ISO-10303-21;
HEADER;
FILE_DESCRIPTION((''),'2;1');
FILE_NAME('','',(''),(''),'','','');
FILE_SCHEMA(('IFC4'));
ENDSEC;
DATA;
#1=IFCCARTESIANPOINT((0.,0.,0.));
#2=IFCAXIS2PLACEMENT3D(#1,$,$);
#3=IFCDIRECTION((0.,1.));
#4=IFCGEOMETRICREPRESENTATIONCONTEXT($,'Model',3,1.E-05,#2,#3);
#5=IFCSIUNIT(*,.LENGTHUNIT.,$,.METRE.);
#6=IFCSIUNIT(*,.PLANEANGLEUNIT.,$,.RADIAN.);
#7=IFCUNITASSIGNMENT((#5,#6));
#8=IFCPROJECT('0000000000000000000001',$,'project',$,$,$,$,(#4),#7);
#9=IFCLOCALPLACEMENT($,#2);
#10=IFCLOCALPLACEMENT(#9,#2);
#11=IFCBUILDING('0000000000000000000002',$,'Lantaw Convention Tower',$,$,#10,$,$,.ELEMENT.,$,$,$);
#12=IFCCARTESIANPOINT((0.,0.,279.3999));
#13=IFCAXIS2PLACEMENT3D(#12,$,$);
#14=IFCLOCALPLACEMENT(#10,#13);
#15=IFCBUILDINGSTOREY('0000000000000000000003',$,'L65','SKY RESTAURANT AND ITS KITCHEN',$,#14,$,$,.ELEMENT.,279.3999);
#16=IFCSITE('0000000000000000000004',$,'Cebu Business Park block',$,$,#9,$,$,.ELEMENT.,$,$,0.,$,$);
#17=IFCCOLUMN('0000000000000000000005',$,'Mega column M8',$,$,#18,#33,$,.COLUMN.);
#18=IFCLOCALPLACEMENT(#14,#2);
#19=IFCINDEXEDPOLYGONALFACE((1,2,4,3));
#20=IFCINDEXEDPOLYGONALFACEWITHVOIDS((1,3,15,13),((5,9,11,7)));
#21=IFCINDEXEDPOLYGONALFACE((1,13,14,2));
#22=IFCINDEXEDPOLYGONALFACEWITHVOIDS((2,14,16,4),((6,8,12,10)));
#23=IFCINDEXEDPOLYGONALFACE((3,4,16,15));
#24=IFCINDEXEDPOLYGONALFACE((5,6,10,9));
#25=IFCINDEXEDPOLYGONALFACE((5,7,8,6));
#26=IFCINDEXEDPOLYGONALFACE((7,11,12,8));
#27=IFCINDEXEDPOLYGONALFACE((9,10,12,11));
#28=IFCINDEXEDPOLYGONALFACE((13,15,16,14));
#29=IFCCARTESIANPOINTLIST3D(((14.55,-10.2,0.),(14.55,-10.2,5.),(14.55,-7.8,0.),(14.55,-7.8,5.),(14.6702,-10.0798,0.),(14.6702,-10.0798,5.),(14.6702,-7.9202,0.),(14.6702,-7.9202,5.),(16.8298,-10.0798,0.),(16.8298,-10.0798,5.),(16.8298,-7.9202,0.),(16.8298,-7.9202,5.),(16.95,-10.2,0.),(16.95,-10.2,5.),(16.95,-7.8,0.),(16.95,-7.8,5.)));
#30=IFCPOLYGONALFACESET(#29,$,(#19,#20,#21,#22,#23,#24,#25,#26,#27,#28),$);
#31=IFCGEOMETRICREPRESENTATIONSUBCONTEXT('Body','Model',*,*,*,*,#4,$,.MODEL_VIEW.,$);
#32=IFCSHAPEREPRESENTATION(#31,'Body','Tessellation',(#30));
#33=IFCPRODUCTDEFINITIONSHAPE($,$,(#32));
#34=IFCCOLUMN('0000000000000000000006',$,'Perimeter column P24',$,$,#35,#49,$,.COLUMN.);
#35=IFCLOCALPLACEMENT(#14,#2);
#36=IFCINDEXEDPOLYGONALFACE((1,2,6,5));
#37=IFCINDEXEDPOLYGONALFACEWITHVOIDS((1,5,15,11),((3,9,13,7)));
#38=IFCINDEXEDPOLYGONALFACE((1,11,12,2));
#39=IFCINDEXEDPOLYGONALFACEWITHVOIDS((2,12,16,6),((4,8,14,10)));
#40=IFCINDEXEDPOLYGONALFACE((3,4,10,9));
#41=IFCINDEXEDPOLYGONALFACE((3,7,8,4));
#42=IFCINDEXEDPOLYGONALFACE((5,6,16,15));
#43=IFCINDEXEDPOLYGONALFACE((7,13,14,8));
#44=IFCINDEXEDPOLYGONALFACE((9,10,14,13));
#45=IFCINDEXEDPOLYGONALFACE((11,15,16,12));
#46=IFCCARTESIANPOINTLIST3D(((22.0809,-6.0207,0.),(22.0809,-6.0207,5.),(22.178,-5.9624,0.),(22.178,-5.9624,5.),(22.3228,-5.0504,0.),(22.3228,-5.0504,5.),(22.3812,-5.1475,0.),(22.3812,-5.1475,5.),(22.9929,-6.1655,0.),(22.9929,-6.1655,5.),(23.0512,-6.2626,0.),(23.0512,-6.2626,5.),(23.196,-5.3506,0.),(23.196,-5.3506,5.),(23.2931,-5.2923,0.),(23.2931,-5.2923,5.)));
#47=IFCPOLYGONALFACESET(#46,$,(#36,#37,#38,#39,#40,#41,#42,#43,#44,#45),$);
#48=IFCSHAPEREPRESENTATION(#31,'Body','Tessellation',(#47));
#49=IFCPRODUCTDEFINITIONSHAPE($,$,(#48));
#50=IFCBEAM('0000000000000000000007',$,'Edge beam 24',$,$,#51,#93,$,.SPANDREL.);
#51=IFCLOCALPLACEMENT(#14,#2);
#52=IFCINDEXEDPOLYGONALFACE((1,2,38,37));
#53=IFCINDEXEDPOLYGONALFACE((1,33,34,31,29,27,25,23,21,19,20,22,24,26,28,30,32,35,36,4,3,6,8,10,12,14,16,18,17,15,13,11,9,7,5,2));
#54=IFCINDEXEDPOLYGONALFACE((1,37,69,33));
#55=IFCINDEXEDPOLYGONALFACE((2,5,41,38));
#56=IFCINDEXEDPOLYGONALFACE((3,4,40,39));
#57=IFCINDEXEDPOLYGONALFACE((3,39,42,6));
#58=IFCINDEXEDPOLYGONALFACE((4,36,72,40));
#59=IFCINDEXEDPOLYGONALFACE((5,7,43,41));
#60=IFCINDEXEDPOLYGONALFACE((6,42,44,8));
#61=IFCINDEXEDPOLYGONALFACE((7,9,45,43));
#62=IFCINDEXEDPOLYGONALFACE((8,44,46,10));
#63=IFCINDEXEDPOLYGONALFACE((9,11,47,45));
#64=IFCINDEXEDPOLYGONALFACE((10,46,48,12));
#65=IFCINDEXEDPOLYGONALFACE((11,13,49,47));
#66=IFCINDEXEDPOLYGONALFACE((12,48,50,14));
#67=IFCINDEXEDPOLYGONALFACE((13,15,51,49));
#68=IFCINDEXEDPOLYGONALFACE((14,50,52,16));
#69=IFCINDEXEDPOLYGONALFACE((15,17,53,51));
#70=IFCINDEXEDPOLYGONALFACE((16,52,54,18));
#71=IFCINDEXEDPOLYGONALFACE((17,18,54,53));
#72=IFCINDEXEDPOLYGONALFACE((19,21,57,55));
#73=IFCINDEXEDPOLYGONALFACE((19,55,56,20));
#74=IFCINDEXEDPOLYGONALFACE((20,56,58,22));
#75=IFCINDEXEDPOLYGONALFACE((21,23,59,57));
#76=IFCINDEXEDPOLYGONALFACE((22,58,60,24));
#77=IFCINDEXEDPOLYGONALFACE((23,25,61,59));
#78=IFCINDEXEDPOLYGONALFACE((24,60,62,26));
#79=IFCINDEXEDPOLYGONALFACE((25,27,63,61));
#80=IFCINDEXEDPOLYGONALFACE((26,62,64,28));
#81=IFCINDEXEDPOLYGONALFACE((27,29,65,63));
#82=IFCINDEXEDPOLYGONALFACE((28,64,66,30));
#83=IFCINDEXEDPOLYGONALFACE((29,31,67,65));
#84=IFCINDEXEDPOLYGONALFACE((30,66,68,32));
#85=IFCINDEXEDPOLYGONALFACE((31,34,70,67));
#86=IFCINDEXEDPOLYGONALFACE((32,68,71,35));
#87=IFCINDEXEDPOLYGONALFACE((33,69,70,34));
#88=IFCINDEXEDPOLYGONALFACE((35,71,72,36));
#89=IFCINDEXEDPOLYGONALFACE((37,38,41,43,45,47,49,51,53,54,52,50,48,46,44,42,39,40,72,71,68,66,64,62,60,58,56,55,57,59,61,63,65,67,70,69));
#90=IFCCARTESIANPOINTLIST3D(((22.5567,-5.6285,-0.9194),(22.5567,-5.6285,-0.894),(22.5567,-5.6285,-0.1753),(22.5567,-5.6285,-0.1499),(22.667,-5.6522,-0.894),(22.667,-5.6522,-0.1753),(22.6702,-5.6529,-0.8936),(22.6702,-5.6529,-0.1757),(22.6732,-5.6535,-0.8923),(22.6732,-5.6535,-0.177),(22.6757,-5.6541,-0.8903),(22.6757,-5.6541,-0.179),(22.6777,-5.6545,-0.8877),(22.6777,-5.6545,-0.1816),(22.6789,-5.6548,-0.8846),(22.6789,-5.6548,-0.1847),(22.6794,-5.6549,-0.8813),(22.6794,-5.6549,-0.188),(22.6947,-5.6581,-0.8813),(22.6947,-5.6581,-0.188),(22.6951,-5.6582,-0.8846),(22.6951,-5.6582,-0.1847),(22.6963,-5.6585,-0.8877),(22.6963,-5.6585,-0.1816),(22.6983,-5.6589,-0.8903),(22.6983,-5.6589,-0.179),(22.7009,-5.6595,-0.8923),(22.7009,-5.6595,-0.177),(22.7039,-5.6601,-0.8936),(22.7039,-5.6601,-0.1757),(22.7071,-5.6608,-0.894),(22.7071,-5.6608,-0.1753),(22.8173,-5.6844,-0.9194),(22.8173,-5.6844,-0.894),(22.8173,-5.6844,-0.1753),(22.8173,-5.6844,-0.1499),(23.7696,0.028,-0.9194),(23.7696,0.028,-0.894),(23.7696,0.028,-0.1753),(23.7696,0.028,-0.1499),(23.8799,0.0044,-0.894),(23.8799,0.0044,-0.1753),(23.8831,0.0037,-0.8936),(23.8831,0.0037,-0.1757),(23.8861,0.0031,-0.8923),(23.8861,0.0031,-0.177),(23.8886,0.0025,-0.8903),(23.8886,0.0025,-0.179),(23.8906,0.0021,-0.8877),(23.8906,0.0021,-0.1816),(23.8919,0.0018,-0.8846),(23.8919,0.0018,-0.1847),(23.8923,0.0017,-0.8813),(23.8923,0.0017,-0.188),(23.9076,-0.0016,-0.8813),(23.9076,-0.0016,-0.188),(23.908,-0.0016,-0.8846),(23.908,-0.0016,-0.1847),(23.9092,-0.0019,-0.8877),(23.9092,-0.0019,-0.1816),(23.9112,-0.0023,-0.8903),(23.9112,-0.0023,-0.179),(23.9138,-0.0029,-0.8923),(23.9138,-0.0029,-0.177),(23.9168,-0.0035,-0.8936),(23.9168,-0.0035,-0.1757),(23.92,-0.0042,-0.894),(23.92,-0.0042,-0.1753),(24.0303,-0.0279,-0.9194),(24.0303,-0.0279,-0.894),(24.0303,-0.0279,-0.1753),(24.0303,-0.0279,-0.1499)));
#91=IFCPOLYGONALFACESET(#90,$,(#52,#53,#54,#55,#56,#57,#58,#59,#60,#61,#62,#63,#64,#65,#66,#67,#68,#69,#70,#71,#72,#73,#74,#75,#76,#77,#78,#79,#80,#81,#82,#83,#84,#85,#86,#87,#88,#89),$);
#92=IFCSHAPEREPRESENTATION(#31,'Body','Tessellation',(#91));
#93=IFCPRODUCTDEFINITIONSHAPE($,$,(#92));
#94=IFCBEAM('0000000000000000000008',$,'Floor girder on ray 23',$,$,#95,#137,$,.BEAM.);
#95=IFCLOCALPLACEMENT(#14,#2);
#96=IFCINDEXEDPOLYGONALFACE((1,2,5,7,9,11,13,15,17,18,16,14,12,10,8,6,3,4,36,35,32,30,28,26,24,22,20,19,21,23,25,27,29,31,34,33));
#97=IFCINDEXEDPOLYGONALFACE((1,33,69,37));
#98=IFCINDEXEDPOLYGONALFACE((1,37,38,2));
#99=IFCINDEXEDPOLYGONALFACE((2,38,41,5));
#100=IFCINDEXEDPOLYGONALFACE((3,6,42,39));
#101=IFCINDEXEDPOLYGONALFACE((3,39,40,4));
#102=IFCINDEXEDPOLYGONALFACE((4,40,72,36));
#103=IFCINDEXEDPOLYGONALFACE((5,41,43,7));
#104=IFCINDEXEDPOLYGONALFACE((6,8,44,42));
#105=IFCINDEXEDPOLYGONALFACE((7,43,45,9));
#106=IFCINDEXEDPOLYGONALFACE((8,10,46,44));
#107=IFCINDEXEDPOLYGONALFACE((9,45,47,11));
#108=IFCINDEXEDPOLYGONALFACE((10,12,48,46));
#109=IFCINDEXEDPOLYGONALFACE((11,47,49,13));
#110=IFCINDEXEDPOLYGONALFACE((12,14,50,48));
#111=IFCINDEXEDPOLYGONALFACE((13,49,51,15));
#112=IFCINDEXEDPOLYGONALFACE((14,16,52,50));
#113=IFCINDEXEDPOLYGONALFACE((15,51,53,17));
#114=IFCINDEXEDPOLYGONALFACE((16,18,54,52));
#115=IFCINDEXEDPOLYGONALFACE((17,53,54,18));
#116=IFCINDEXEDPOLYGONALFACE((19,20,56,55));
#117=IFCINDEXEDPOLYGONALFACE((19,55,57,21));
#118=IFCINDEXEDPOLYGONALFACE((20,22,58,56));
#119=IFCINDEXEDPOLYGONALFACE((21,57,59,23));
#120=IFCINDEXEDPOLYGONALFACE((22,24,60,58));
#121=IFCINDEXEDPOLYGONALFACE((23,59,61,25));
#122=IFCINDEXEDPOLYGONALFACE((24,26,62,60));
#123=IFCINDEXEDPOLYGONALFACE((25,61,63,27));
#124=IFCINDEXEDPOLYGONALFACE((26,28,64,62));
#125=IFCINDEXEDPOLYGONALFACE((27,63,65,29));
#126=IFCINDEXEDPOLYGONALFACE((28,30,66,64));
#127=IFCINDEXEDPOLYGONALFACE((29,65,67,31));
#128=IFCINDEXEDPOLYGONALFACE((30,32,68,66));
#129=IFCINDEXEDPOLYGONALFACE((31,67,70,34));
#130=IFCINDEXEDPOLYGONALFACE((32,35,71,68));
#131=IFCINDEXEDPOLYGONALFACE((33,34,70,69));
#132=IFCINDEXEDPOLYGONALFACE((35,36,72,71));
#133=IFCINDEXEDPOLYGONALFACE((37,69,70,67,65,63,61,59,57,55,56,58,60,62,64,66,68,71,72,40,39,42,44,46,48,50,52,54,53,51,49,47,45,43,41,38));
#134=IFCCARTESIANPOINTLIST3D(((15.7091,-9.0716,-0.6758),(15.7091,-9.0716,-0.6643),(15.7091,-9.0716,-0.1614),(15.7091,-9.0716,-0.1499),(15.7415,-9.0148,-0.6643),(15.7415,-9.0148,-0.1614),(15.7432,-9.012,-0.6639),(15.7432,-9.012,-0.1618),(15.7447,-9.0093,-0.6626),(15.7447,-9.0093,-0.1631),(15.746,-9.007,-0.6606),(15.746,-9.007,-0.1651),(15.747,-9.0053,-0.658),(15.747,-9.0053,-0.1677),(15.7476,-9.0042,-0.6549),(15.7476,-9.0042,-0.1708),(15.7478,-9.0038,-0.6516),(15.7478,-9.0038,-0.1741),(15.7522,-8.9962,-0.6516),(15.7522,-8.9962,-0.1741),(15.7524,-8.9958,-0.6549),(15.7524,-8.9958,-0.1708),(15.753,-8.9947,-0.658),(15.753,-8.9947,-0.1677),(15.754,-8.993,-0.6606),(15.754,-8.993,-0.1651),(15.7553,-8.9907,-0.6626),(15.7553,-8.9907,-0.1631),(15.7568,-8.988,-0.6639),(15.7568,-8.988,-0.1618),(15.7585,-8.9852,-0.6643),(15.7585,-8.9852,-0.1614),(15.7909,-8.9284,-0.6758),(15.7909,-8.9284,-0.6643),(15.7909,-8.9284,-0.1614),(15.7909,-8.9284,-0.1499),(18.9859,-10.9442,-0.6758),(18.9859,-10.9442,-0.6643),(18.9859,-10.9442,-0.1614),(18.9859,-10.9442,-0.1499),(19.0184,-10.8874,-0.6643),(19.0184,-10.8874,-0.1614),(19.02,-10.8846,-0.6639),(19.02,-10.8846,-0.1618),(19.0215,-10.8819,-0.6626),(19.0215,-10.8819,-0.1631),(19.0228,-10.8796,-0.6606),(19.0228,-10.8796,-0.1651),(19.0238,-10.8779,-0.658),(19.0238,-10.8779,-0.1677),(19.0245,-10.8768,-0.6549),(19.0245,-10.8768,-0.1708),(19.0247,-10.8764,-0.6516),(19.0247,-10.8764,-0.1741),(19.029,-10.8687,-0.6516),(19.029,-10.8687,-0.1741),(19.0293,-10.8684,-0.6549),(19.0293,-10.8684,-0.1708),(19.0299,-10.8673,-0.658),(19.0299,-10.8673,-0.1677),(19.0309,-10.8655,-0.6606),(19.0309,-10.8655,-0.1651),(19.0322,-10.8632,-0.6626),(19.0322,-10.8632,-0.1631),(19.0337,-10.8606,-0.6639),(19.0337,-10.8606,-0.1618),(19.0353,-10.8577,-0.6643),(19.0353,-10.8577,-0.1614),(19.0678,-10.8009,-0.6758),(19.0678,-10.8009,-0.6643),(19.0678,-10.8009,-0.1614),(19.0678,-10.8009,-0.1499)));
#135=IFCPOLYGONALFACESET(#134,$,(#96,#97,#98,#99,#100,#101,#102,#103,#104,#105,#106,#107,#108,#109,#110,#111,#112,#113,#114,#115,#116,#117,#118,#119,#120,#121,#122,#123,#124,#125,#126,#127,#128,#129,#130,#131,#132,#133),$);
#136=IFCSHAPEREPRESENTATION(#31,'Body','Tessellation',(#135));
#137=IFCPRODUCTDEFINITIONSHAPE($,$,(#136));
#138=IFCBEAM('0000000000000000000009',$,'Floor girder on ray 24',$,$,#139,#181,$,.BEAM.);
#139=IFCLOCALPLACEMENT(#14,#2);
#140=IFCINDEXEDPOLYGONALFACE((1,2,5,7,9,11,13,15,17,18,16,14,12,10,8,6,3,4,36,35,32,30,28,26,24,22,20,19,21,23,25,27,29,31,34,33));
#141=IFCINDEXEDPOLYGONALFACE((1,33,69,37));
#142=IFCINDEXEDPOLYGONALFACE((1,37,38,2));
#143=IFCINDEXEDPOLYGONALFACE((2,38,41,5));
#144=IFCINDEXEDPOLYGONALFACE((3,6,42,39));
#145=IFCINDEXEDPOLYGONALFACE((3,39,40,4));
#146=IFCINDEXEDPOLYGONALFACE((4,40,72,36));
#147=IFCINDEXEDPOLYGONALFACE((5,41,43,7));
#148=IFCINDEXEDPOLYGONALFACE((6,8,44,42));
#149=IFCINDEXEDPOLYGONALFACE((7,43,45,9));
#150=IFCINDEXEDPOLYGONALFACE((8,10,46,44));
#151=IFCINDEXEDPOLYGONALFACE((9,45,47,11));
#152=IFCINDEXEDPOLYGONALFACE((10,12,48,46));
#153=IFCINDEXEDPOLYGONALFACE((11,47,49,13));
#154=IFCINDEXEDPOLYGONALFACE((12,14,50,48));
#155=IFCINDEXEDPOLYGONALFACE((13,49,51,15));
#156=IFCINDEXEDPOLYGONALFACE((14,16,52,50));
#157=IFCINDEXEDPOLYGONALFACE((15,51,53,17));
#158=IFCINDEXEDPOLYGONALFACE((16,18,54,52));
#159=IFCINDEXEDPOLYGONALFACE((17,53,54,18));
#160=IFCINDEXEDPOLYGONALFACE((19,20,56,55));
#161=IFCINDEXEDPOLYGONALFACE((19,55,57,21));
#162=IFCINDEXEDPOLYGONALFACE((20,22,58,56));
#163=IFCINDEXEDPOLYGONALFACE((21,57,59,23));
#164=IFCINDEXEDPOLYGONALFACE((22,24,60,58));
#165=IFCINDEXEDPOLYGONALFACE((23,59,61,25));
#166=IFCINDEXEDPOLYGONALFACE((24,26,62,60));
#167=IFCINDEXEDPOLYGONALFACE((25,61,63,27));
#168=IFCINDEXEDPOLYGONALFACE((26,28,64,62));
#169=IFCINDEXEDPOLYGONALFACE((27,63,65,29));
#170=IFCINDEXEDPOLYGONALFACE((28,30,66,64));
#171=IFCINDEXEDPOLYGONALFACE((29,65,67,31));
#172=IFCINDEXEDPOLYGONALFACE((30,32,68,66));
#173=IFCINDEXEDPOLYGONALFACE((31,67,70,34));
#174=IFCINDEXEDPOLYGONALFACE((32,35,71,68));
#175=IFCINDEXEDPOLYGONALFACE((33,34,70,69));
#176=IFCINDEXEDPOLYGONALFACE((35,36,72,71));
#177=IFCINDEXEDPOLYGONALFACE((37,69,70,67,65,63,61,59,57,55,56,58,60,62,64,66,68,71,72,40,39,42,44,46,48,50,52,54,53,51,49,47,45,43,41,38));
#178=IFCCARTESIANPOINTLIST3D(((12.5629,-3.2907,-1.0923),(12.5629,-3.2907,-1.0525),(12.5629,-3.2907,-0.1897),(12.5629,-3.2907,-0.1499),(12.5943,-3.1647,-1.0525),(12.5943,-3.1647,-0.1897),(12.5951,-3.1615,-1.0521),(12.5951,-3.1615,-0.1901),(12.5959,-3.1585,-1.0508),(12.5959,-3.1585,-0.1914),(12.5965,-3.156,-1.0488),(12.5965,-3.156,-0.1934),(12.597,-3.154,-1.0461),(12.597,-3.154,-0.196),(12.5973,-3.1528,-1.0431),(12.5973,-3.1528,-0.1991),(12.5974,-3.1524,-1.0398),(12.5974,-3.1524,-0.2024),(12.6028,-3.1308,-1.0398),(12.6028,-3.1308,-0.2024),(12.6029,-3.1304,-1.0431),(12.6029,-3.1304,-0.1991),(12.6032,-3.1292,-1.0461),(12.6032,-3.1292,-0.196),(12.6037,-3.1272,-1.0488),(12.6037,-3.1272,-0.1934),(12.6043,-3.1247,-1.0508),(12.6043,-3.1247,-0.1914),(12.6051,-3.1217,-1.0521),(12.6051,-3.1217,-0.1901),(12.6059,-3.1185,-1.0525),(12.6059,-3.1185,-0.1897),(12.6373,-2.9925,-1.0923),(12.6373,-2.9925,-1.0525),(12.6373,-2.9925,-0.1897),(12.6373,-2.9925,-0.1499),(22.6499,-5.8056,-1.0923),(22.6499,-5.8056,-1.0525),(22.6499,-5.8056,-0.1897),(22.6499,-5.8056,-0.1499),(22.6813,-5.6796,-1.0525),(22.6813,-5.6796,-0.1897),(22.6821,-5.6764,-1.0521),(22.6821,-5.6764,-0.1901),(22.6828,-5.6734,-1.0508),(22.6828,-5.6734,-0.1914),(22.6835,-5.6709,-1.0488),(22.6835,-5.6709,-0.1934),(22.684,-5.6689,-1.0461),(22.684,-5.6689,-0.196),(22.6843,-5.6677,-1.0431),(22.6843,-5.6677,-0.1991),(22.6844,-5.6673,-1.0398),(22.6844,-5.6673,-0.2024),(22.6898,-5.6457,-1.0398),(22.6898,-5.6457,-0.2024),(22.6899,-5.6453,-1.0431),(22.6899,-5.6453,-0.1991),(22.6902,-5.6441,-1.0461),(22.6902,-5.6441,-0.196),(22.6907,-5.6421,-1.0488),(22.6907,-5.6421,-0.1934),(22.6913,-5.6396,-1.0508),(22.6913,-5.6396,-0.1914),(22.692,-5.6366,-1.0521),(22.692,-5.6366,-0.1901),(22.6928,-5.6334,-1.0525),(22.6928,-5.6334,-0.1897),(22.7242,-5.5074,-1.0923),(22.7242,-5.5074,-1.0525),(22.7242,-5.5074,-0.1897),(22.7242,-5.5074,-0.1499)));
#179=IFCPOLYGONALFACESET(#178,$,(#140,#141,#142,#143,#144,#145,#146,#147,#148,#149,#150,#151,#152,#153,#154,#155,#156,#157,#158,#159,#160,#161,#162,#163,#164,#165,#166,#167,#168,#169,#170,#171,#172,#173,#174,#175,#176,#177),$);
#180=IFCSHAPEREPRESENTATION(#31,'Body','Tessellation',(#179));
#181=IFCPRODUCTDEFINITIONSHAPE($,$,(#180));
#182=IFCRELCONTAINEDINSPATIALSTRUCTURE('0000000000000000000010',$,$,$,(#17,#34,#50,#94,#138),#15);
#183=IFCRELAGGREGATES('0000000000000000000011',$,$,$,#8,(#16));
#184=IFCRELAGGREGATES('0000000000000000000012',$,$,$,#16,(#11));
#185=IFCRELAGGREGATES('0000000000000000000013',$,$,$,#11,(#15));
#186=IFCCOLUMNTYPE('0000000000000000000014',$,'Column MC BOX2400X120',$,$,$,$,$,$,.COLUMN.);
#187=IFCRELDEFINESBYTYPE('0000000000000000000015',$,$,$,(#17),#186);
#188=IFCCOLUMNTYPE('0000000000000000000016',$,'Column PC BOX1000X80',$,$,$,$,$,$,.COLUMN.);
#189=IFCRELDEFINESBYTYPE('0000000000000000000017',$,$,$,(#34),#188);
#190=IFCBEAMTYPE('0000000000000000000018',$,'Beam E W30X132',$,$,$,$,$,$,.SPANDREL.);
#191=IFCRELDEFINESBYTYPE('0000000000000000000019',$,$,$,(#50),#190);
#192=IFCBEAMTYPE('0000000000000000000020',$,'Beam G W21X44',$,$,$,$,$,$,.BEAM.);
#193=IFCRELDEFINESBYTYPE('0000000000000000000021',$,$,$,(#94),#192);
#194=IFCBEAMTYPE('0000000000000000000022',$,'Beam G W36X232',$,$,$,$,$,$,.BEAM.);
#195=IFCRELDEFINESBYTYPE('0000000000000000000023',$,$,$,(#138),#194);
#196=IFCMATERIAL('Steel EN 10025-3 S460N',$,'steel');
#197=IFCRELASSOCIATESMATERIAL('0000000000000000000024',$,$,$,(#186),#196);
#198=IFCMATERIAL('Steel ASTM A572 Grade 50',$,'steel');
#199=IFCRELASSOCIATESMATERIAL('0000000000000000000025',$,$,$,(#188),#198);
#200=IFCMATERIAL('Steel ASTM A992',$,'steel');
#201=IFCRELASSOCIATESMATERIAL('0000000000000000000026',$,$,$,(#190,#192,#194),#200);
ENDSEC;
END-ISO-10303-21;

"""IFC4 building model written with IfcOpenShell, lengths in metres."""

from ifc_helpers import new_model, si_unit, direction, frame, origin, origin_2d, place, context, subcontext, project, spatial, rectangle, hollow_rectangle, i_section, extrude, material, material_profile, profile_set, type_object, element, save


model = new_model("IFC4")

# Units and contexts
model_context = context("Model", 3, precision=1e-05, world=origin(), true_north=direction((0.0, 1.0)))
body_context = subcontext(model_context, "Body", "Model", "MODEL_VIEW")
ifc_project = project(units=[si_unit("LENGTHUNIT", "METRE"), si_unit("PLANEANGLEUNIT", "RADIAN")], contexts=[model_context])

# Site, building, storey
site_placement = place(None, origin())
site = spatial("IfcSite", under=ifc_project, at=site_placement, Name="Cebu Business Park block", CompositionType="ELEMENT", RefElevation=0.0)
building_placement = place(site_placement, origin())
building = spatial("IfcBuilding", under=site, at=building_placement, Name="Lantaw Convention Tower", CompositionType="ELEMENT")
storey_placement = place(building_placement, frame((0.0, 0.0, 279.3999)))
storey = spatial("IfcBuildingStorey", under=building, at=storey_placement, Name="L65", Description="SKY RESTAURANT AND ITS KITCHEN", CompositionType="ELEMENT", Elevation=279.3999)

# Columns
ifc_material_1 = material(Name="Steel EN 10025-3 S460N", Category="steel")
ifc_material_profile_1 = material_profile(ifc_material_1, hollow_rectangle(XDim=2.3999, YDim=2.3999, WallThickness=0.1201, at=origin_2d()), Name="BOX2400X120")
ifc_material_2 = material(Name="Concrete C60/75", Category="concrete")
ifc_material_profile_2 = material_profile(ifc_material_2, rectangle(XDim=2.1599, YDim=2.1599, at=origin_2d()), Name="Concrete fill of BOX2400X120")
ifc_profile_set_1 = profile_set([ifc_material_profile_1, ifc_material_profile_2], Name="Steel EN 10025-3 S460N")
column_type_1 = type_object("IfcColumnType", Name="Column MC BOX2400X120", PredefinedType="COLUMN", material=ifc_profile_set_1)
column_1_placement = place(storey_placement, frame((15.75, -9.0, 0.0), z_axis=(0.0, 0.0, 1.0), x_axis=(1.0, 0.0, 0.0)))
element("IfcColumn", 1, at=column_1_placement, inside=storey, type_object=column_type_1, Name="Mega column M8", PredefinedType="COLUMN", context=body_context, shape_type="SweptSolid", body=[
    extrude(hollow_rectangle(XDim=2.3999, YDim=2.3999, WallThickness=0.1201, at=origin_2d()), origin(), (0.0, 0.0, 1.0), 5.0),
])
ifc_material_3 = material(Name="Steel ASTM A572 Grade 50", Category="steel")
ifc_material_profile_3 = material_profile(ifc_material_3, hollow_rectangle(XDim=1.0, YDim=1.0, WallThickness=0.0801, at=origin_2d()), Name="BOX1000X80")
ifc_material_profile_4 = material_profile(ifc_material_2, rectangle(XDim=0.8401, YDim=0.8401, at=origin_2d()), Name="Concrete fill of BOX1000X80")
ifc_profile_set_2 = profile_set([ifc_material_profile_3, ifc_material_profile_4], Name="Steel ASTM A572 Grade 50")
column_type_2 = type_object("IfcColumnType", Name="Column PC BOX1000X80", PredefinedType="COLUMN", material=ifc_profile_set_2)
column_2_placement = place(storey_placement, frame((22.687, -5.6565, 0.0), z_axis=(0.0, 0.0, 1.0), x_axis=(0.241922, 0.970296, 0.0)))
element("IfcColumn", 2, at=column_2_placement, inside=storey, type_object=column_type_2, Name="Perimeter column P24", PredefinedType="COLUMN", context=body_context, shape_type="SweptSolid", body=[
    extrude(hollow_rectangle(XDim=1.0, YDim=1.0, WallThickness=0.0801, at=origin_2d()), origin(), (0.0, 0.0, 1.0), 5.0),
])

# Beams
ifc_material_4 = material(Name="Steel ASTM A992", Category="steel")
ifc_material_profile_5 = material_profile(ifc_material_4, i_section(OverallWidth=0.2666, OverallDepth=0.7695, WebThickness=0.0156, FlangeThickness=0.0254, FilletRadius=0.0127, at=origin_2d()), Name="W30X132")
ifc_profile_set_3 = profile_set([ifc_material_profile_5], Name="Steel ASTM A992")
beam_type_1 = type_object("IfcBeamType", Name="Beam E W30X132", PredefinedType="SPANDREL", material=ifc_profile_set_3)
beam_1_placement = place(storey_placement, frame((22.687, -5.6565, -0.5347), z_axis=(0.209659, 0.977775, 0.0), x_axis=(-0.977775, 0.209659, 0.0)))
element("IfcBeam", 3, at=beam_1_placement, inside=storey, type_object=beam_type_1, Name="Edge beam 24", PredefinedType="SPANDREL", context=body_context, shape_type="SweptSolid", body=[
    extrude(i_section(OverallWidth=0.2666, OverallDepth=0.7695, WebThickness=0.0156, FlangeThickness=0.0254, FilletRadius=0.0127, at=origin_2d()), origin(), (0.0, 0.0, 1.0), 5.7852),
])
ifc_material_profile_6 = material_profile(ifc_material_4, i_section(OverallWidth=0.165, OverallDepth=0.5259, WebThickness=0.0088, FlangeThickness=0.0115, FilletRadius=0.0127, at=origin_2d()), Name="W21X44")
ifc_profile_set_4 = profile_set([ifc_material_profile_6], Name="Steel ASTM A992")
beam_type_2 = type_object("IfcBeamType", Name="Beam G W21X44", PredefinedType="BEAM", material=ifc_profile_set_4)
beam_2_placement = place(storey_placement, frame((15.75, -9.0, -0.4128), z_axis=(0.868235, -0.496153, 0.0), x_axis=(0.496153, 0.868235, 0.0)))
element("IfcBeam", 4, at=beam_2_placement, inside=storey, type_object=beam_type_2, Name="Floor girder on ray 23", PredefinedType="BEAM", context=body_context, shape_type="SweptSolid", body=[
    extrude(i_section(OverallWidth=0.165, OverallDepth=0.5259, WebThickness=0.0088, FlangeThickness=0.0115, FilletRadius=0.0127, at=origin_2d()), origin(), (0.0, 0.0, 1.0), 3.7742),
])
ifc_material_profile_7 = material_profile(ifc_material_4, i_section(OverallWidth=0.3074, OverallDepth=0.9424, WebThickness=0.0222, FlangeThickness=0.0398, FilletRadius=0.0127, at=origin_2d()), Name="W36X232")
ifc_profile_set_5 = profile_set([ifc_material_profile_7], Name="Steel ASTM A992")
beam_type_3 = type_object("IfcBeamType", Name="Beam G W36X232", PredefinedType="BEAM", material=ifc_profile_set_5)
beam_3_placement = place(storey_placement, frame((12.6001, -3.1416, -0.6211), z_axis=(0.970297, -0.241917, 0.0), x_axis=(0.241917, 0.970297, 0.0)))
element("IfcBeam", 5, at=beam_3_placement, inside=storey, type_object=beam_type_3, Name="Floor girder on ray 24", PredefinedType="BEAM", context=body_context, shape_type="SweptSolid", body=[
    extrude(i_section(OverallWidth=0.3074, OverallDepth=0.9424, WebThickness=0.0222, FlangeThickness=0.0398, FilletRadius=0.0127, at=origin_2d()), origin(), (0.0, 0.0, 1.0), 10.3958),
])

save(model, "model.ifc")
